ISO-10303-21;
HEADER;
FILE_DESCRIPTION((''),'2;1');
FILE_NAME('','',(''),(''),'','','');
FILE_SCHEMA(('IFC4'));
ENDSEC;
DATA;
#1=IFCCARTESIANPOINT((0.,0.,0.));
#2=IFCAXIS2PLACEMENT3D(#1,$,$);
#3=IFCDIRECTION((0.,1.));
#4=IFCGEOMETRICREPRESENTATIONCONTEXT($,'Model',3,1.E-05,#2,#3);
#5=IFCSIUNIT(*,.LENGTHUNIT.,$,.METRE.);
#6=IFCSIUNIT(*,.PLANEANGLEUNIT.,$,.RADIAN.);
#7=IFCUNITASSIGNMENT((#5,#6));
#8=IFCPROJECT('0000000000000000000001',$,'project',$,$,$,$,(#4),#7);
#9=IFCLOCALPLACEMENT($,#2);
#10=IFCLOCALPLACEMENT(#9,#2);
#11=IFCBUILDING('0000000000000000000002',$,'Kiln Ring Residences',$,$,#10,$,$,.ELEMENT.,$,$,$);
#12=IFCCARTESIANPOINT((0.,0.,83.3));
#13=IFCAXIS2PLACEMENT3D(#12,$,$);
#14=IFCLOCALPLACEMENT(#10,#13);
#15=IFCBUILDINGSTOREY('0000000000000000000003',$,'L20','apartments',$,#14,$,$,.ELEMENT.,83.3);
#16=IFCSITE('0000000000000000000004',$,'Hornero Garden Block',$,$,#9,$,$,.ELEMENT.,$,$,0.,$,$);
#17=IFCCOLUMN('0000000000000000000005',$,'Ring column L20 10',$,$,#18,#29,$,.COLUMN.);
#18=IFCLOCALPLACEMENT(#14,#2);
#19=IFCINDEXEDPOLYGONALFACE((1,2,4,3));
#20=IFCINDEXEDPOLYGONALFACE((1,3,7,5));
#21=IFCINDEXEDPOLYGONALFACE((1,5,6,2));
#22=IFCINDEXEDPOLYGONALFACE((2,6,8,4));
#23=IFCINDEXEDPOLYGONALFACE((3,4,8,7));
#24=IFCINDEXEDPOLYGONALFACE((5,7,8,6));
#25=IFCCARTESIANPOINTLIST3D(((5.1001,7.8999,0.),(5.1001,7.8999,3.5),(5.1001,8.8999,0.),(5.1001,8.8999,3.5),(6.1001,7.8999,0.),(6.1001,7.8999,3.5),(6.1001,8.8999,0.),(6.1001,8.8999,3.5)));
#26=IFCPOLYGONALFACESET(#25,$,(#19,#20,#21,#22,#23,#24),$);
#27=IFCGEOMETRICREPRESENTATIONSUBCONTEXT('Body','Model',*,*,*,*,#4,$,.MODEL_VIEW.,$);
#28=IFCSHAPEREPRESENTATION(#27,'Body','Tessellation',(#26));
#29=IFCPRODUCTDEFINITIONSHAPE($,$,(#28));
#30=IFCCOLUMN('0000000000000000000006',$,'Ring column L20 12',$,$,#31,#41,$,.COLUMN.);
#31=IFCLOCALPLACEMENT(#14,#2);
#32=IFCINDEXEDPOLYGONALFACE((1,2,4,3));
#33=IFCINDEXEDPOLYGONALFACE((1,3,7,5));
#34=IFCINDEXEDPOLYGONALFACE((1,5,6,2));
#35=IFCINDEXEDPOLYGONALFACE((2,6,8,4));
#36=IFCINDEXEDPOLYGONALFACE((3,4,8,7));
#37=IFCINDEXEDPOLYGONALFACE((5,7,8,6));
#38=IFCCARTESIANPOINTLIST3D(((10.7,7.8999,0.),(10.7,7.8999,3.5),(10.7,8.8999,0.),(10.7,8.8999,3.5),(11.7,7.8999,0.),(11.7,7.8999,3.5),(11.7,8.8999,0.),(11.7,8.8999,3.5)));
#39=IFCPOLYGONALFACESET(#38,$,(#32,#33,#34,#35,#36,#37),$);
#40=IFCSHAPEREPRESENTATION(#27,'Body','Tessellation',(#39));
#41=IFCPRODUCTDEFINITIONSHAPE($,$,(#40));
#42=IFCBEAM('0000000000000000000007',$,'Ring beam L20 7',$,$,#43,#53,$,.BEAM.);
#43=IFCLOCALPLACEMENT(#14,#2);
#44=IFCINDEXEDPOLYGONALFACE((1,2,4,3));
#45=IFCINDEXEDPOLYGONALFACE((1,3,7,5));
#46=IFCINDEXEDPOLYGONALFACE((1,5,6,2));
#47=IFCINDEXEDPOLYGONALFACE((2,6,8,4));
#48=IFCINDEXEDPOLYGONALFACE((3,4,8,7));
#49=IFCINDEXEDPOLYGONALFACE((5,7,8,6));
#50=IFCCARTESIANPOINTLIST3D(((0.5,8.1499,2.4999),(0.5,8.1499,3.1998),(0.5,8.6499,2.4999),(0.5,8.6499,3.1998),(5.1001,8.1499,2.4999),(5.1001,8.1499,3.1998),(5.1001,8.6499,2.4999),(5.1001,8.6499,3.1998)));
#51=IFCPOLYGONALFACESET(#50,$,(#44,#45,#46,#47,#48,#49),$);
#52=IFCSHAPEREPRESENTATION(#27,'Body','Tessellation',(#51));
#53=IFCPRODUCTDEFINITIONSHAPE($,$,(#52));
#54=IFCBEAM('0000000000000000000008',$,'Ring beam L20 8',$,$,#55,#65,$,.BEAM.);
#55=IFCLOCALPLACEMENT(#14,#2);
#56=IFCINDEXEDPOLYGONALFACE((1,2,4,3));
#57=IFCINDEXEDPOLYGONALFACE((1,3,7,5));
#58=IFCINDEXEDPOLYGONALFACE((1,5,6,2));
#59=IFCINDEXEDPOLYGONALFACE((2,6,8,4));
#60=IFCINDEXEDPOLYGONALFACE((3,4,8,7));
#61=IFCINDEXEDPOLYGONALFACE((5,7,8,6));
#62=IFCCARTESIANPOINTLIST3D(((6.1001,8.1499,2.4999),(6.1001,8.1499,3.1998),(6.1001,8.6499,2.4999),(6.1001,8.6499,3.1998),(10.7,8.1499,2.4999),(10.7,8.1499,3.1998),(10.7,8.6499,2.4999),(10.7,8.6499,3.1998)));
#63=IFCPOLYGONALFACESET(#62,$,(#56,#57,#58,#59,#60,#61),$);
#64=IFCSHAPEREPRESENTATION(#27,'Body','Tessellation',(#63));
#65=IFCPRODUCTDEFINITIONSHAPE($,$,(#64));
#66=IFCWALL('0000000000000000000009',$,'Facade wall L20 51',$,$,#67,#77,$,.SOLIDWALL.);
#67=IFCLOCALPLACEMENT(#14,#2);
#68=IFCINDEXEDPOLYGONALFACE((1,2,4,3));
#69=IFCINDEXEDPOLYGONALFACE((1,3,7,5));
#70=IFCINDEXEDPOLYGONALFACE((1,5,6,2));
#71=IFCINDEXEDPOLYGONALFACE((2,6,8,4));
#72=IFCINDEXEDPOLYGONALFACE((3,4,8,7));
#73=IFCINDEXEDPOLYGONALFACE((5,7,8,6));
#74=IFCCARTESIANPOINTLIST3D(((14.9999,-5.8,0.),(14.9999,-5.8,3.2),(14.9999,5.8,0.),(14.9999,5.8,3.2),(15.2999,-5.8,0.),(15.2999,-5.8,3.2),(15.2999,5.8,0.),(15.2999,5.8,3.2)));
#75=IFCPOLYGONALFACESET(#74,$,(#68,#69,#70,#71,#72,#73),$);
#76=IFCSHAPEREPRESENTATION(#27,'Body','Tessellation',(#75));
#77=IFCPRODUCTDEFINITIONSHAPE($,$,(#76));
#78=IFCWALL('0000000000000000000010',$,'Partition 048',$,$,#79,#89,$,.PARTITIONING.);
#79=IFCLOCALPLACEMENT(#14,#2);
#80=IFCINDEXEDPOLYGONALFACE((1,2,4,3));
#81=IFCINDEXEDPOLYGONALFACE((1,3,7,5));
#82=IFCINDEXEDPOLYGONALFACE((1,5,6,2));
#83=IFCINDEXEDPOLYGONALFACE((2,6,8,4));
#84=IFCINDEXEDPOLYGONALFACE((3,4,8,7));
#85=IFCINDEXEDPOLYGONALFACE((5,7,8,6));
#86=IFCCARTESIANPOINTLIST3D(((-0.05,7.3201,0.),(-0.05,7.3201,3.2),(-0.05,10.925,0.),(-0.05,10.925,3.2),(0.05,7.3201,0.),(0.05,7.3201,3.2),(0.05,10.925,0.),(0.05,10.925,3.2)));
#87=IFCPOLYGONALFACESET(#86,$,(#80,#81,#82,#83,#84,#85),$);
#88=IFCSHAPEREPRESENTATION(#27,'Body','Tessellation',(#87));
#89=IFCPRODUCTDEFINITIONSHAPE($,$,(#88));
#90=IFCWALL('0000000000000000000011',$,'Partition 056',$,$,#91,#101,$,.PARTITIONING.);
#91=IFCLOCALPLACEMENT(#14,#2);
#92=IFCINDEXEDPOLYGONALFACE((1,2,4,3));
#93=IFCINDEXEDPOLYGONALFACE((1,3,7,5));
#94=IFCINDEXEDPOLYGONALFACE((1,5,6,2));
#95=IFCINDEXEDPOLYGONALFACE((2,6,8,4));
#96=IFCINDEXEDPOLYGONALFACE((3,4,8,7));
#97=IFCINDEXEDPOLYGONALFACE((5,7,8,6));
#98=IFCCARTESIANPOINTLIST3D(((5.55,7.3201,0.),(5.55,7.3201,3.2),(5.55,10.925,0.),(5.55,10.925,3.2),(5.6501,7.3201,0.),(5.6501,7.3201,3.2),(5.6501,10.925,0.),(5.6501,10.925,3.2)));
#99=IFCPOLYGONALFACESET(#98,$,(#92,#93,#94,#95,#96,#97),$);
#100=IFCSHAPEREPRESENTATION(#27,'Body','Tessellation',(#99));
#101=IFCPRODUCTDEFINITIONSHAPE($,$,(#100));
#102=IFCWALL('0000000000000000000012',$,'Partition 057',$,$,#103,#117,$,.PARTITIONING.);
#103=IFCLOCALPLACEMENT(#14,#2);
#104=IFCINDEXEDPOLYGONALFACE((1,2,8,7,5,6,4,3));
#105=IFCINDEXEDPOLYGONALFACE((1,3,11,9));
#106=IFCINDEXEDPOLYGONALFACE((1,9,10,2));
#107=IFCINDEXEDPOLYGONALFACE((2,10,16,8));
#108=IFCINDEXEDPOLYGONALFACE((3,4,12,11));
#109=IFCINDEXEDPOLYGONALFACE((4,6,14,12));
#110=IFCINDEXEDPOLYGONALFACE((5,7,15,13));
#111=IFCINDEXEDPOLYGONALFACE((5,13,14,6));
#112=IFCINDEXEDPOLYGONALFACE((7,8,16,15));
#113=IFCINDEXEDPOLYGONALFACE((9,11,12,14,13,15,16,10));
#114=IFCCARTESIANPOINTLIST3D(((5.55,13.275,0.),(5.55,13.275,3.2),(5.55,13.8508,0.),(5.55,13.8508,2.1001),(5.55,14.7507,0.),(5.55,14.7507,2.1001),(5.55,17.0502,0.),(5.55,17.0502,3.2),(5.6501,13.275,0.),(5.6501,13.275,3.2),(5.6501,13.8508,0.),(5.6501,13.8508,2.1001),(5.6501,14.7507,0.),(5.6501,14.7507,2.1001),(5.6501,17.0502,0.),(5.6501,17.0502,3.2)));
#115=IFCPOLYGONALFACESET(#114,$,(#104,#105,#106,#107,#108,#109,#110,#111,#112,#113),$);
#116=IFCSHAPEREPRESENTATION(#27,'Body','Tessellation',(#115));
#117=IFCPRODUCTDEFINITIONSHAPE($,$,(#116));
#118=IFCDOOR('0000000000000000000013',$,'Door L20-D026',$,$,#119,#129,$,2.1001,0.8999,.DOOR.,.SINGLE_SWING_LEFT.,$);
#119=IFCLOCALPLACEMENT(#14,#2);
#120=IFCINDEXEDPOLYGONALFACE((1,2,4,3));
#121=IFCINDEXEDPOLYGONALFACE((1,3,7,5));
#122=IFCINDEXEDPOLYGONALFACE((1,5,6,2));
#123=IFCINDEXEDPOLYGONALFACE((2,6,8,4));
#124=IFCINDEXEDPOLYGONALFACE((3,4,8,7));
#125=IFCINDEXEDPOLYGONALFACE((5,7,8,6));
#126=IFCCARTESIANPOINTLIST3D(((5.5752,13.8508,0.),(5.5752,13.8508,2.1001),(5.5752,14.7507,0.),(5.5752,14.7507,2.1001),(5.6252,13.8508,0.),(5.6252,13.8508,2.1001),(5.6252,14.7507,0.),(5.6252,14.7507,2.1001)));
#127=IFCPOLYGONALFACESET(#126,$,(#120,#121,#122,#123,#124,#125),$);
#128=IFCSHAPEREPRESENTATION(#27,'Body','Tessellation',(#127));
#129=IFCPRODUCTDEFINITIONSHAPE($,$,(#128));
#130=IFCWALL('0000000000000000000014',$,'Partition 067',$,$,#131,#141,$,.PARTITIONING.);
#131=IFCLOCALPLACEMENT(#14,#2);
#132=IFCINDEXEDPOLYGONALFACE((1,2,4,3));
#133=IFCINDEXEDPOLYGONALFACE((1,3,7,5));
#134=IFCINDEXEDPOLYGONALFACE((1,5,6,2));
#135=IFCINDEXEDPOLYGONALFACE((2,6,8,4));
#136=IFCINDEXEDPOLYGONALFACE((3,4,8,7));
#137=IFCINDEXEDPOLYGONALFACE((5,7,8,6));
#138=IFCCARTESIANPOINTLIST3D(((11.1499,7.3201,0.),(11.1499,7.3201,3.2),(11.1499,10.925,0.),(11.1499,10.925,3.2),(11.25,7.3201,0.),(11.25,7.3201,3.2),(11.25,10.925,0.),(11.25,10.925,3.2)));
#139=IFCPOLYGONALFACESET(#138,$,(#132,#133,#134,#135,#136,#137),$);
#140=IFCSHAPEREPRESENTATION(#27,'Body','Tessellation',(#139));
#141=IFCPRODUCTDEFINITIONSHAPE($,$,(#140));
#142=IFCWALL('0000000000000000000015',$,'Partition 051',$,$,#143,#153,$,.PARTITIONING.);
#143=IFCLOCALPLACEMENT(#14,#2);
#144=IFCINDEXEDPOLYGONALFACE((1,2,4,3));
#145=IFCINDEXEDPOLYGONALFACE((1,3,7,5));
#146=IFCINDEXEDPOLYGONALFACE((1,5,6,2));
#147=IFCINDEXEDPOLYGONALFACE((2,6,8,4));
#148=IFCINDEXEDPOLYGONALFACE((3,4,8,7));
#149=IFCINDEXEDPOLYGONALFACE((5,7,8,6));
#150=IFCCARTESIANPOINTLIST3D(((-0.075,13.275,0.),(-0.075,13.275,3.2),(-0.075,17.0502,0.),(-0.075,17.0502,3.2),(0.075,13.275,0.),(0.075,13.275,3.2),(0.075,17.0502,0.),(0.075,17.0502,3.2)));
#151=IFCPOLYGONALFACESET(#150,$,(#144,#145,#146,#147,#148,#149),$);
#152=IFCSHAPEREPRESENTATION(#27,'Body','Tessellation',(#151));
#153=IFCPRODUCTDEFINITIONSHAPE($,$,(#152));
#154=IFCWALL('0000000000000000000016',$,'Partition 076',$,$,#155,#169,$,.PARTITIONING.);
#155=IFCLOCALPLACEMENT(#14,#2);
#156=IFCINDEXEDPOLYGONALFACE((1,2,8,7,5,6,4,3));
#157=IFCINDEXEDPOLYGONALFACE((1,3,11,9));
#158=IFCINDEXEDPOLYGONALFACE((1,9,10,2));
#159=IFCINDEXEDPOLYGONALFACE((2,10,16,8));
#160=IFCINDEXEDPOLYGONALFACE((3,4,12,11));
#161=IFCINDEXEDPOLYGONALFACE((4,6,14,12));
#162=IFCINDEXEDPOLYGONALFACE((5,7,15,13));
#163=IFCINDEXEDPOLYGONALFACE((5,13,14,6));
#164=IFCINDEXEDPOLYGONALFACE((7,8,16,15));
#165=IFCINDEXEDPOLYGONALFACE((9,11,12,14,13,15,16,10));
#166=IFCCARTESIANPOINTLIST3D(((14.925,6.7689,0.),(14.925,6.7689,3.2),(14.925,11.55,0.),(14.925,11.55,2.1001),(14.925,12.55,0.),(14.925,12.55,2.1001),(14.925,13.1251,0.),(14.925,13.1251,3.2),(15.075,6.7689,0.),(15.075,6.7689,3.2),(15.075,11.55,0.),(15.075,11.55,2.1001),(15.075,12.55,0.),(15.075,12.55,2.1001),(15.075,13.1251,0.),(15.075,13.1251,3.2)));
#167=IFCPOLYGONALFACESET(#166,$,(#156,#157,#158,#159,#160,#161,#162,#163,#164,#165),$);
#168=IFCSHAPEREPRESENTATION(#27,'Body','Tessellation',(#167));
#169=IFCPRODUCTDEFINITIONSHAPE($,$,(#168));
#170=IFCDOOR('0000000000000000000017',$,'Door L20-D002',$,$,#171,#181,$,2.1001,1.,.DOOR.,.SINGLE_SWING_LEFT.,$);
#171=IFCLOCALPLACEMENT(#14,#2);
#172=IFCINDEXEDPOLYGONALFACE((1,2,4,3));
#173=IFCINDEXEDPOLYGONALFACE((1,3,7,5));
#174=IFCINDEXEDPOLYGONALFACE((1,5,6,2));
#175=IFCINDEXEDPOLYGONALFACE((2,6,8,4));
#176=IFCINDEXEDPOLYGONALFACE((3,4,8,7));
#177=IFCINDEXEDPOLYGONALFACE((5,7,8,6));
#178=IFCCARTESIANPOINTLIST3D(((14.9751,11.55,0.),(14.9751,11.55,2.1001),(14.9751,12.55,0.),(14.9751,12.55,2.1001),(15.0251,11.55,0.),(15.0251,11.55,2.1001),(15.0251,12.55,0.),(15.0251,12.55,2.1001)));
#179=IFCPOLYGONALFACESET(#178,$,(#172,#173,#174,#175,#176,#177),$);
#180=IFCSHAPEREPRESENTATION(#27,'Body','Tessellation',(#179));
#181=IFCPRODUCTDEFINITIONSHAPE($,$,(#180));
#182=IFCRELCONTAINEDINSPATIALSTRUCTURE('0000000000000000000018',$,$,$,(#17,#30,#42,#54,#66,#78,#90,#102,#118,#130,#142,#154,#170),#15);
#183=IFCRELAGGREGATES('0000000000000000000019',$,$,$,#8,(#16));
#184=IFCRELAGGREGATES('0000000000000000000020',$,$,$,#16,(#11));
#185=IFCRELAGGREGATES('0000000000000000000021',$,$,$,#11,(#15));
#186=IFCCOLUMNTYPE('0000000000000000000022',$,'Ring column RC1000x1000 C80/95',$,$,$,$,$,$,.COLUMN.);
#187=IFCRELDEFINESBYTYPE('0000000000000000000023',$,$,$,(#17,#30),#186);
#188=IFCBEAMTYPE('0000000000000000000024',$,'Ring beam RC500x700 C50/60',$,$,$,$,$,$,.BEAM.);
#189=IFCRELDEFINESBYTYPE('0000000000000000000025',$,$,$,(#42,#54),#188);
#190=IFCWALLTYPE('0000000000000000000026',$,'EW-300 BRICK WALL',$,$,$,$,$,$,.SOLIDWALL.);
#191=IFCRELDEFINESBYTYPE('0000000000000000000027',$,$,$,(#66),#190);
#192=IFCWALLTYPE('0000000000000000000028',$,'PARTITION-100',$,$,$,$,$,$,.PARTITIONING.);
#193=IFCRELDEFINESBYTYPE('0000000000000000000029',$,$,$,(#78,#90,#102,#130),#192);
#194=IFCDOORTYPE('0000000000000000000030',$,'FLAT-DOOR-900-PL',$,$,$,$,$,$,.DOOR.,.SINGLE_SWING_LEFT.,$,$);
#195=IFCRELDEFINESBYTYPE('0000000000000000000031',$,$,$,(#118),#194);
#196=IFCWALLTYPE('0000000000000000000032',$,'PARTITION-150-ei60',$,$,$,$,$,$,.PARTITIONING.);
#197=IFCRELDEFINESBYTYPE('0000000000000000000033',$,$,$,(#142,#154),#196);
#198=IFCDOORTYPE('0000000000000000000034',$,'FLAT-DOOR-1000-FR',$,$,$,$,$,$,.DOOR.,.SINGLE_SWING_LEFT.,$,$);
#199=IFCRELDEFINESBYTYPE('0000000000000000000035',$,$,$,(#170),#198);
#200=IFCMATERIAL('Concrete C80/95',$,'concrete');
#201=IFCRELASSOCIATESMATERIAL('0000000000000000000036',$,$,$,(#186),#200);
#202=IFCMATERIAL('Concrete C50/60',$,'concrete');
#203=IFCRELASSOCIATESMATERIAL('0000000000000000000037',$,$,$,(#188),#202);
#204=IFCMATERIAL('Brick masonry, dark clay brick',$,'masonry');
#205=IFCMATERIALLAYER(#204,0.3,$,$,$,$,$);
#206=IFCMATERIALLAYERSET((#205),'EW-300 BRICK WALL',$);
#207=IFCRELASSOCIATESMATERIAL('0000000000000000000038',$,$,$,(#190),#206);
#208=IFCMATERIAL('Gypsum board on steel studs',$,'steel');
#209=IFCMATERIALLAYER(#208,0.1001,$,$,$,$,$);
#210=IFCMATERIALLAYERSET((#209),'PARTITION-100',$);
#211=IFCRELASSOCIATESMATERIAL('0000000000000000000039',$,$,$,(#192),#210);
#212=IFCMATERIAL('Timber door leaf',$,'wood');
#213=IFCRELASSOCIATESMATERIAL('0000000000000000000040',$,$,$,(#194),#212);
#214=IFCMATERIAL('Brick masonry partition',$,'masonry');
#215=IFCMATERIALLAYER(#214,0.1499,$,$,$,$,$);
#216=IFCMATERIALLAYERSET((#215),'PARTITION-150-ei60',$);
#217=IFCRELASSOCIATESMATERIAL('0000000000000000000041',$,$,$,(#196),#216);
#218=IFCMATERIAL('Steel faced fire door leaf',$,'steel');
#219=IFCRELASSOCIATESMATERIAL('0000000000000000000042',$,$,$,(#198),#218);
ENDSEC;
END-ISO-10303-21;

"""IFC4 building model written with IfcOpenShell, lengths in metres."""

from ifc_helpers import new_model, si_unit, direction, frame, frame_2d, origin, origin_2d, place, context, subcontext, project, spatial, rectangle, extrude, material, layer, layer_set, material_profile, profile_set, type_object, element, fill, save


model = new_model("IFC4")

# Units and contexts
model_context = context("Model", 3, precision=1e-05, world=origin(), true_north=direction((0.0, 1.0)))
body_context = subcontext(model_context, "Body", "Model", "MODEL_VIEW")
ifc_project = project(units=[si_unit("LENGTHUNIT", "METRE"), si_unit("PLANEANGLEUNIT", "RADIAN")], contexts=[model_context])

# Site, building, storey
site_placement = place(None, origin())
site = spatial("IfcSite", under=ifc_project, at=site_placement, Name="Hornero Garden Block", CompositionType="ELEMENT", RefElevation=0.0)
building_placement = place(site_placement, origin())
building = spatial("IfcBuilding", under=site, at=building_placement, Name="Kiln Ring Residences", CompositionType="ELEMENT")
storey_placement = place(building_placement, frame((0.0, 0.0, 83.3)))
storey = spatial("IfcBuildingStorey", under=building, at=storey_placement, Name="L20", Description="apartments", CompositionType="ELEMENT", Elevation=83.3)

# Columns
ifc_material_1 = material(Name="Concrete C80/95", Category="concrete")
ifc_material_profile_1 = material_profile(ifc_material_1, rectangle(XDim=1.0, YDim=1.0, at=origin_2d()), Name="RC1000x1000")
ifc_profile_set_1 = profile_set([ifc_material_profile_1], Name="Concrete C80/95")
column_type = type_object("IfcColumnType", Name="Ring column RC1000x1000 C80/95", PredefinedType="COLUMN", material=ifc_profile_set_1)
for number, where, z_axis, x_axis, name in (
    (1, (5.6001, 8.3999, 0.0), (0.0, 0.0, 1.0), (1.0, 0.0, 0.0), "Ring column L20 10"),
    (2, (11.2, 8.3999, 0.0), (0.0, 0.0, 1.0), (1.0, 0.0, 0.0), "Ring column L20 12"),
):
    element("IfcColumn", number, at=place(storey_placement, frame(where, z_axis=z_axis, x_axis=x_axis)), inside=storey, type_object=column_type, Name=name, PredefinedType="COLUMN", context=body_context, shape_type="SweptSolid", body=[
        extrude(rectangle(XDim=1.0, YDim=1.0, at=origin_2d()), origin(), (0.0, 0.0, 1.0), 3.5),
    ])

# Beams
ifc_material_2 = material(Name="Concrete C50/60", Category="concrete")
ifc_material_profile_2 = material_profile(ifc_material_2, rectangle(XDim=0.5, YDim=0.7, at=origin_2d()), Name="RC500x700")
ifc_profile_set_2 = profile_set([ifc_material_profile_2], Name="Concrete C50/60")
beam_type = type_object("IfcBeamType", Name="Ring beam RC500x700 C50/60", PredefinedType="BEAM", material=ifc_profile_set_2)
beam_1_placement = place(storey_placement, frame((0.5, 8.3999, 2.8499), z_axis=(1.0, 0.0, 0.0), x_axis=(0.0, 1.0, 0.0)))
element("IfcBeam", 3, at=beam_1_placement, inside=storey, type_object=beam_type, Name="Ring beam L20 7", PredefinedType="BEAM", context=body_context, shape_type="SweptSolid", body=[
    extrude(rectangle(XDim=0.5, YDim=0.7, at=origin_2d()), origin(), (0.0, 0.0, 1.0), 4.6001),
])
beam_2_placement = place(storey_placement, frame((6.1001, 8.3999, 2.8499), z_axis=(1.0, 0.0, 0.0), x_axis=(0.0, 1.0, 0.0)))
element("IfcBeam", 4, at=beam_2_placement, inside=storey, type_object=beam_type, Name="Ring beam L20 8", PredefinedType="BEAM", context=body_context, shape_type="SweptSolid", body=[
    extrude(rectangle(XDim=0.5, YDim=0.7, at=origin_2d()), origin(), (0.0, 0.0, 1.0), 4.5999),
])

# Walls
ifc_material_3 = material(Name="Brick masonry, dark clay brick", Category="masonry")
ifc_layer_1 = layer(ifc_material_3, 0.3)
ifc_layer_set_1 = layer_set([ifc_layer_1], Name="EW-300 BRICK WALL")
wall_type_1 = type_object("IfcWallType", Name="EW-300 BRICK WALL", PredefinedType="SOLIDWALL", material=ifc_layer_set_1)
wall_1_placement = place(storey_placement, frame((15.1499, 5.8, 0.0), z_axis=(0.0, 0.0, 1.0), x_axis=(0.0, -1.0, 0.0)))
element("IfcWall", 5, at=wall_1_placement, inside=storey, type_object=wall_type_1, Name="Facade wall L20 51", PredefinedType="SOLIDWALL", context=body_context, shape_type="SweptSolid", body=[
    extrude(rectangle(XDim=11.6001, YDim=0.3, at=frame_2d((5.8, 0.0))), origin(), (0.0, 0.0, 1.0), 3.2),
])
ifc_material_4 = material(Name="Gypsum board on steel studs", Category="steel")
ifc_layer_2 = layer(ifc_material_4, 0.1001)
ifc_layer_set_2 = layer_set([ifc_layer_2], Name="PARTITION-100")
wall_type_2 = type_object("IfcWallType", Name="PARTITION-100", PredefinedType="PARTITIONING", material=ifc_layer_set_2)
for number, where, z_axis, x_axis, name in (
    (6, (0.0, 7.3201, 0.0), (0.0, 0.0, 1.0), (0.0, 1.0, 0.0), "Partition 048"),
    (7, (5.6001, 7.3201, 0.0), (0.0, 0.0, 1.0), (0.0, 1.0, 0.0), "Partition 056"),
):
    element("IfcWall", number, at=place(storey_placement, frame(where, z_axis=z_axis, x_axis=x_axis)), inside=storey, type_object=wall_type_2, Name=name, PredefinedType="PARTITIONING", context=body_context, shape_type="SweptSolid", body=[
        extrude(rectangle(XDim=3.605, YDim=0.1001, at=frame_2d((1.8025, 0.0))), origin(), (0.0, 0.0, 1.0), 3.2),
    ])

# Wall, opening, door
wall_2_placement = place(storey_placement, frame((5.6001, 13.2749, 0.0), z_axis=(0.0, 0.0, 1.0), x_axis=(0.0, 1.0, 0.0)))
wall_2 = element("IfcWall", 8, at=wall_2_placement, inside=storey, type_object=wall_type_2, Name="Partition 057", PredefinedType="PARTITIONING", context=body_context, shape_type="SweptSolid", body=[
    extrude(rectangle(XDim=3.7751, YDim=0.1001, at=frame_2d((1.8877, 0.0))), origin(), (0.0, 0.0, 1.0), 3.2),
])
opening_1_placement = place(wall_2_placement, frame((0.5759, 0.0, 0.0)))
opening_1 = element("IfcOpeningElement", 9, at=opening_1_placement, cuts=wall_2, PredefinedType="OPENING", context=body_context, shape_type="SweptSolid", body=[
    extrude(rectangle(XDim=0.8999, YDim=2.1001, at=frame_2d((0.45, 1.05))), frame((0.0, 0.0601, 0.0), z_axis=(0.0, -1.0, 0.0), x_axis=(1.0, 0.0, 0.0)), (0.0, 0.0, 1.0), 0.1201),
])
ifc_material_5 = material(Name="Timber door leaf", Category="wood")
door_type_1 = type_object("IfcDoorType", Name="FLAT-DOOR-900-PL", OperationType="SINGLE_SWING_LEFT", PredefinedType="DOOR", material=ifc_material_5)
door_1_placement = place(opening_1_placement, origin())
door_1 = element("IfcDoor", 10, at=door_1_placement, inside=storey, type_object=door_type_1, Name="Door L20-D026", OperationType="SINGLE_SWING_LEFT", OverallHeight=2.1001, OverallWidth=0.8999, PredefinedType="DOOR", context=body_context, shape_type="SweptSolid", body=[
    extrude(rectangle(XDim=0.8999, YDim=2.1001, at=frame_2d((0.45, 1.05))), frame((0.0, 0.0249, 0.0), z_axis=(0.0, -1.0, 0.0), x_axis=(1.0, 0.0, 0.0)), (0.0, 0.0, 1.0), 0.05),
])
fill(opening_1, door_1)

# Walls
wall_3_placement = place(storey_placement, frame((11.2, 7.3201, 0.0), z_axis=(0.0, 0.0, 1.0), x_axis=(0.0, 1.0, 0.0)))
element("IfcWall", 11, at=wall_3_placement, inside=storey, type_object=wall_type_2, Name="Partition 067", PredefinedType="PARTITIONING", context=body_context, shape_type="SweptSolid", body=[
    extrude(rectangle(XDim=3.605, YDim=0.1001, at=frame_2d((1.8025, 0.0))), origin(), (0.0, 0.0, 1.0), 3.2),
])
ifc_material_6 = material(Name="Brick masonry partition", Category="masonry")
ifc_layer_3 = layer(ifc_material_6, 0.1499)
ifc_layer_set_3 = layer_set([ifc_layer_3], Name="PARTITION-150-ei60")
wall_type_3 = type_object("IfcWallType", Name="PARTITION-150-ei60", PredefinedType="PARTITIONING", material=ifc_layer_set_3)
wall_4_placement = place(storey_placement, frame((0.0, 13.2749, 0.0), z_axis=(0.0, 0.0, 1.0), x_axis=(0.0, 1.0, 0.0)))
element("IfcWall", 12, at=wall_4_placement, inside=storey, type_object=wall_type_3, Name="Partition 051", PredefinedType="PARTITIONING", context=body_context, shape_type="SweptSolid", body=[
    extrude(rectangle(XDim=3.7751, YDim=0.1499, at=frame_2d((1.8877, 0.0))), origin(), (0.0, 0.0, 1.0), 3.2),
])

# Wall, opening, door
wall_5_placement = place(storey_placement, frame((15.0, 6.7688, 0.0), z_axis=(0.0, 0.0, 1.0), x_axis=(0.0, 1.0, 0.0)))
wall_5 = element("IfcWall", 13, at=wall_5_placement, inside=storey, type_object=wall_type_3, Name="Partition 076", PredefinedType="PARTITIONING", context=body_context, shape_type="SweptSolid", body=[
    extrude(rectangle(XDim=6.3562, YDim=0.1499, at=frame_2d((3.1782, 0.0))), origin(), (0.0, 0.0, 1.0), 3.2),
])
opening_2_placement = place(wall_5_placement, frame((4.7812, 0.0, 0.0)))
opening_2 = element("IfcOpeningElement", 14, at=opening_2_placement, cuts=wall_5, PredefinedType="OPENING", context=body_context, shape_type="SweptSolid", body=[
    extrude(rectangle(XDim=1.0, YDim=2.1001, at=frame_2d((0.5, 1.05))), frame((0.0, 0.085, 0.0), z_axis=(0.0, -1.0, 0.0), x_axis=(1.0, 0.0, 0.0)), (0.0, 0.0, 1.0), 0.1699),
])
ifc_material_7 = material(Name="Steel faced fire door leaf", Category="steel")
door_type_2 = type_object("IfcDoorType", Name="FLAT-DOOR-1000-FR", OperationType="SINGLE_SWING_LEFT", PredefinedType="DOOR", material=ifc_material_7)
door_2_placement = place(opening_2_placement, origin())
door_2 = element("IfcDoor", 15, at=door_2_placement, inside=storey, type_object=door_type_2, Name="Door L20-D002", OperationType="SINGLE_SWING_LEFT", OverallHeight=2.1001, OverallWidth=1.0, PredefinedType="DOOR", context=body_context, shape_type="SweptSolid", body=[
    extrude(rectangle(XDim=1.0, YDim=2.1001, at=frame_2d((0.5, 1.05))), frame((0.0, 0.0249, 0.0), z_axis=(0.0, -1.0, 0.0), x_axis=(1.0, 0.0, 0.0)), (0.0, 0.0, 1.0), 0.05),
])
fill(opening_2, door_2)

save(model, "model.ifc")
